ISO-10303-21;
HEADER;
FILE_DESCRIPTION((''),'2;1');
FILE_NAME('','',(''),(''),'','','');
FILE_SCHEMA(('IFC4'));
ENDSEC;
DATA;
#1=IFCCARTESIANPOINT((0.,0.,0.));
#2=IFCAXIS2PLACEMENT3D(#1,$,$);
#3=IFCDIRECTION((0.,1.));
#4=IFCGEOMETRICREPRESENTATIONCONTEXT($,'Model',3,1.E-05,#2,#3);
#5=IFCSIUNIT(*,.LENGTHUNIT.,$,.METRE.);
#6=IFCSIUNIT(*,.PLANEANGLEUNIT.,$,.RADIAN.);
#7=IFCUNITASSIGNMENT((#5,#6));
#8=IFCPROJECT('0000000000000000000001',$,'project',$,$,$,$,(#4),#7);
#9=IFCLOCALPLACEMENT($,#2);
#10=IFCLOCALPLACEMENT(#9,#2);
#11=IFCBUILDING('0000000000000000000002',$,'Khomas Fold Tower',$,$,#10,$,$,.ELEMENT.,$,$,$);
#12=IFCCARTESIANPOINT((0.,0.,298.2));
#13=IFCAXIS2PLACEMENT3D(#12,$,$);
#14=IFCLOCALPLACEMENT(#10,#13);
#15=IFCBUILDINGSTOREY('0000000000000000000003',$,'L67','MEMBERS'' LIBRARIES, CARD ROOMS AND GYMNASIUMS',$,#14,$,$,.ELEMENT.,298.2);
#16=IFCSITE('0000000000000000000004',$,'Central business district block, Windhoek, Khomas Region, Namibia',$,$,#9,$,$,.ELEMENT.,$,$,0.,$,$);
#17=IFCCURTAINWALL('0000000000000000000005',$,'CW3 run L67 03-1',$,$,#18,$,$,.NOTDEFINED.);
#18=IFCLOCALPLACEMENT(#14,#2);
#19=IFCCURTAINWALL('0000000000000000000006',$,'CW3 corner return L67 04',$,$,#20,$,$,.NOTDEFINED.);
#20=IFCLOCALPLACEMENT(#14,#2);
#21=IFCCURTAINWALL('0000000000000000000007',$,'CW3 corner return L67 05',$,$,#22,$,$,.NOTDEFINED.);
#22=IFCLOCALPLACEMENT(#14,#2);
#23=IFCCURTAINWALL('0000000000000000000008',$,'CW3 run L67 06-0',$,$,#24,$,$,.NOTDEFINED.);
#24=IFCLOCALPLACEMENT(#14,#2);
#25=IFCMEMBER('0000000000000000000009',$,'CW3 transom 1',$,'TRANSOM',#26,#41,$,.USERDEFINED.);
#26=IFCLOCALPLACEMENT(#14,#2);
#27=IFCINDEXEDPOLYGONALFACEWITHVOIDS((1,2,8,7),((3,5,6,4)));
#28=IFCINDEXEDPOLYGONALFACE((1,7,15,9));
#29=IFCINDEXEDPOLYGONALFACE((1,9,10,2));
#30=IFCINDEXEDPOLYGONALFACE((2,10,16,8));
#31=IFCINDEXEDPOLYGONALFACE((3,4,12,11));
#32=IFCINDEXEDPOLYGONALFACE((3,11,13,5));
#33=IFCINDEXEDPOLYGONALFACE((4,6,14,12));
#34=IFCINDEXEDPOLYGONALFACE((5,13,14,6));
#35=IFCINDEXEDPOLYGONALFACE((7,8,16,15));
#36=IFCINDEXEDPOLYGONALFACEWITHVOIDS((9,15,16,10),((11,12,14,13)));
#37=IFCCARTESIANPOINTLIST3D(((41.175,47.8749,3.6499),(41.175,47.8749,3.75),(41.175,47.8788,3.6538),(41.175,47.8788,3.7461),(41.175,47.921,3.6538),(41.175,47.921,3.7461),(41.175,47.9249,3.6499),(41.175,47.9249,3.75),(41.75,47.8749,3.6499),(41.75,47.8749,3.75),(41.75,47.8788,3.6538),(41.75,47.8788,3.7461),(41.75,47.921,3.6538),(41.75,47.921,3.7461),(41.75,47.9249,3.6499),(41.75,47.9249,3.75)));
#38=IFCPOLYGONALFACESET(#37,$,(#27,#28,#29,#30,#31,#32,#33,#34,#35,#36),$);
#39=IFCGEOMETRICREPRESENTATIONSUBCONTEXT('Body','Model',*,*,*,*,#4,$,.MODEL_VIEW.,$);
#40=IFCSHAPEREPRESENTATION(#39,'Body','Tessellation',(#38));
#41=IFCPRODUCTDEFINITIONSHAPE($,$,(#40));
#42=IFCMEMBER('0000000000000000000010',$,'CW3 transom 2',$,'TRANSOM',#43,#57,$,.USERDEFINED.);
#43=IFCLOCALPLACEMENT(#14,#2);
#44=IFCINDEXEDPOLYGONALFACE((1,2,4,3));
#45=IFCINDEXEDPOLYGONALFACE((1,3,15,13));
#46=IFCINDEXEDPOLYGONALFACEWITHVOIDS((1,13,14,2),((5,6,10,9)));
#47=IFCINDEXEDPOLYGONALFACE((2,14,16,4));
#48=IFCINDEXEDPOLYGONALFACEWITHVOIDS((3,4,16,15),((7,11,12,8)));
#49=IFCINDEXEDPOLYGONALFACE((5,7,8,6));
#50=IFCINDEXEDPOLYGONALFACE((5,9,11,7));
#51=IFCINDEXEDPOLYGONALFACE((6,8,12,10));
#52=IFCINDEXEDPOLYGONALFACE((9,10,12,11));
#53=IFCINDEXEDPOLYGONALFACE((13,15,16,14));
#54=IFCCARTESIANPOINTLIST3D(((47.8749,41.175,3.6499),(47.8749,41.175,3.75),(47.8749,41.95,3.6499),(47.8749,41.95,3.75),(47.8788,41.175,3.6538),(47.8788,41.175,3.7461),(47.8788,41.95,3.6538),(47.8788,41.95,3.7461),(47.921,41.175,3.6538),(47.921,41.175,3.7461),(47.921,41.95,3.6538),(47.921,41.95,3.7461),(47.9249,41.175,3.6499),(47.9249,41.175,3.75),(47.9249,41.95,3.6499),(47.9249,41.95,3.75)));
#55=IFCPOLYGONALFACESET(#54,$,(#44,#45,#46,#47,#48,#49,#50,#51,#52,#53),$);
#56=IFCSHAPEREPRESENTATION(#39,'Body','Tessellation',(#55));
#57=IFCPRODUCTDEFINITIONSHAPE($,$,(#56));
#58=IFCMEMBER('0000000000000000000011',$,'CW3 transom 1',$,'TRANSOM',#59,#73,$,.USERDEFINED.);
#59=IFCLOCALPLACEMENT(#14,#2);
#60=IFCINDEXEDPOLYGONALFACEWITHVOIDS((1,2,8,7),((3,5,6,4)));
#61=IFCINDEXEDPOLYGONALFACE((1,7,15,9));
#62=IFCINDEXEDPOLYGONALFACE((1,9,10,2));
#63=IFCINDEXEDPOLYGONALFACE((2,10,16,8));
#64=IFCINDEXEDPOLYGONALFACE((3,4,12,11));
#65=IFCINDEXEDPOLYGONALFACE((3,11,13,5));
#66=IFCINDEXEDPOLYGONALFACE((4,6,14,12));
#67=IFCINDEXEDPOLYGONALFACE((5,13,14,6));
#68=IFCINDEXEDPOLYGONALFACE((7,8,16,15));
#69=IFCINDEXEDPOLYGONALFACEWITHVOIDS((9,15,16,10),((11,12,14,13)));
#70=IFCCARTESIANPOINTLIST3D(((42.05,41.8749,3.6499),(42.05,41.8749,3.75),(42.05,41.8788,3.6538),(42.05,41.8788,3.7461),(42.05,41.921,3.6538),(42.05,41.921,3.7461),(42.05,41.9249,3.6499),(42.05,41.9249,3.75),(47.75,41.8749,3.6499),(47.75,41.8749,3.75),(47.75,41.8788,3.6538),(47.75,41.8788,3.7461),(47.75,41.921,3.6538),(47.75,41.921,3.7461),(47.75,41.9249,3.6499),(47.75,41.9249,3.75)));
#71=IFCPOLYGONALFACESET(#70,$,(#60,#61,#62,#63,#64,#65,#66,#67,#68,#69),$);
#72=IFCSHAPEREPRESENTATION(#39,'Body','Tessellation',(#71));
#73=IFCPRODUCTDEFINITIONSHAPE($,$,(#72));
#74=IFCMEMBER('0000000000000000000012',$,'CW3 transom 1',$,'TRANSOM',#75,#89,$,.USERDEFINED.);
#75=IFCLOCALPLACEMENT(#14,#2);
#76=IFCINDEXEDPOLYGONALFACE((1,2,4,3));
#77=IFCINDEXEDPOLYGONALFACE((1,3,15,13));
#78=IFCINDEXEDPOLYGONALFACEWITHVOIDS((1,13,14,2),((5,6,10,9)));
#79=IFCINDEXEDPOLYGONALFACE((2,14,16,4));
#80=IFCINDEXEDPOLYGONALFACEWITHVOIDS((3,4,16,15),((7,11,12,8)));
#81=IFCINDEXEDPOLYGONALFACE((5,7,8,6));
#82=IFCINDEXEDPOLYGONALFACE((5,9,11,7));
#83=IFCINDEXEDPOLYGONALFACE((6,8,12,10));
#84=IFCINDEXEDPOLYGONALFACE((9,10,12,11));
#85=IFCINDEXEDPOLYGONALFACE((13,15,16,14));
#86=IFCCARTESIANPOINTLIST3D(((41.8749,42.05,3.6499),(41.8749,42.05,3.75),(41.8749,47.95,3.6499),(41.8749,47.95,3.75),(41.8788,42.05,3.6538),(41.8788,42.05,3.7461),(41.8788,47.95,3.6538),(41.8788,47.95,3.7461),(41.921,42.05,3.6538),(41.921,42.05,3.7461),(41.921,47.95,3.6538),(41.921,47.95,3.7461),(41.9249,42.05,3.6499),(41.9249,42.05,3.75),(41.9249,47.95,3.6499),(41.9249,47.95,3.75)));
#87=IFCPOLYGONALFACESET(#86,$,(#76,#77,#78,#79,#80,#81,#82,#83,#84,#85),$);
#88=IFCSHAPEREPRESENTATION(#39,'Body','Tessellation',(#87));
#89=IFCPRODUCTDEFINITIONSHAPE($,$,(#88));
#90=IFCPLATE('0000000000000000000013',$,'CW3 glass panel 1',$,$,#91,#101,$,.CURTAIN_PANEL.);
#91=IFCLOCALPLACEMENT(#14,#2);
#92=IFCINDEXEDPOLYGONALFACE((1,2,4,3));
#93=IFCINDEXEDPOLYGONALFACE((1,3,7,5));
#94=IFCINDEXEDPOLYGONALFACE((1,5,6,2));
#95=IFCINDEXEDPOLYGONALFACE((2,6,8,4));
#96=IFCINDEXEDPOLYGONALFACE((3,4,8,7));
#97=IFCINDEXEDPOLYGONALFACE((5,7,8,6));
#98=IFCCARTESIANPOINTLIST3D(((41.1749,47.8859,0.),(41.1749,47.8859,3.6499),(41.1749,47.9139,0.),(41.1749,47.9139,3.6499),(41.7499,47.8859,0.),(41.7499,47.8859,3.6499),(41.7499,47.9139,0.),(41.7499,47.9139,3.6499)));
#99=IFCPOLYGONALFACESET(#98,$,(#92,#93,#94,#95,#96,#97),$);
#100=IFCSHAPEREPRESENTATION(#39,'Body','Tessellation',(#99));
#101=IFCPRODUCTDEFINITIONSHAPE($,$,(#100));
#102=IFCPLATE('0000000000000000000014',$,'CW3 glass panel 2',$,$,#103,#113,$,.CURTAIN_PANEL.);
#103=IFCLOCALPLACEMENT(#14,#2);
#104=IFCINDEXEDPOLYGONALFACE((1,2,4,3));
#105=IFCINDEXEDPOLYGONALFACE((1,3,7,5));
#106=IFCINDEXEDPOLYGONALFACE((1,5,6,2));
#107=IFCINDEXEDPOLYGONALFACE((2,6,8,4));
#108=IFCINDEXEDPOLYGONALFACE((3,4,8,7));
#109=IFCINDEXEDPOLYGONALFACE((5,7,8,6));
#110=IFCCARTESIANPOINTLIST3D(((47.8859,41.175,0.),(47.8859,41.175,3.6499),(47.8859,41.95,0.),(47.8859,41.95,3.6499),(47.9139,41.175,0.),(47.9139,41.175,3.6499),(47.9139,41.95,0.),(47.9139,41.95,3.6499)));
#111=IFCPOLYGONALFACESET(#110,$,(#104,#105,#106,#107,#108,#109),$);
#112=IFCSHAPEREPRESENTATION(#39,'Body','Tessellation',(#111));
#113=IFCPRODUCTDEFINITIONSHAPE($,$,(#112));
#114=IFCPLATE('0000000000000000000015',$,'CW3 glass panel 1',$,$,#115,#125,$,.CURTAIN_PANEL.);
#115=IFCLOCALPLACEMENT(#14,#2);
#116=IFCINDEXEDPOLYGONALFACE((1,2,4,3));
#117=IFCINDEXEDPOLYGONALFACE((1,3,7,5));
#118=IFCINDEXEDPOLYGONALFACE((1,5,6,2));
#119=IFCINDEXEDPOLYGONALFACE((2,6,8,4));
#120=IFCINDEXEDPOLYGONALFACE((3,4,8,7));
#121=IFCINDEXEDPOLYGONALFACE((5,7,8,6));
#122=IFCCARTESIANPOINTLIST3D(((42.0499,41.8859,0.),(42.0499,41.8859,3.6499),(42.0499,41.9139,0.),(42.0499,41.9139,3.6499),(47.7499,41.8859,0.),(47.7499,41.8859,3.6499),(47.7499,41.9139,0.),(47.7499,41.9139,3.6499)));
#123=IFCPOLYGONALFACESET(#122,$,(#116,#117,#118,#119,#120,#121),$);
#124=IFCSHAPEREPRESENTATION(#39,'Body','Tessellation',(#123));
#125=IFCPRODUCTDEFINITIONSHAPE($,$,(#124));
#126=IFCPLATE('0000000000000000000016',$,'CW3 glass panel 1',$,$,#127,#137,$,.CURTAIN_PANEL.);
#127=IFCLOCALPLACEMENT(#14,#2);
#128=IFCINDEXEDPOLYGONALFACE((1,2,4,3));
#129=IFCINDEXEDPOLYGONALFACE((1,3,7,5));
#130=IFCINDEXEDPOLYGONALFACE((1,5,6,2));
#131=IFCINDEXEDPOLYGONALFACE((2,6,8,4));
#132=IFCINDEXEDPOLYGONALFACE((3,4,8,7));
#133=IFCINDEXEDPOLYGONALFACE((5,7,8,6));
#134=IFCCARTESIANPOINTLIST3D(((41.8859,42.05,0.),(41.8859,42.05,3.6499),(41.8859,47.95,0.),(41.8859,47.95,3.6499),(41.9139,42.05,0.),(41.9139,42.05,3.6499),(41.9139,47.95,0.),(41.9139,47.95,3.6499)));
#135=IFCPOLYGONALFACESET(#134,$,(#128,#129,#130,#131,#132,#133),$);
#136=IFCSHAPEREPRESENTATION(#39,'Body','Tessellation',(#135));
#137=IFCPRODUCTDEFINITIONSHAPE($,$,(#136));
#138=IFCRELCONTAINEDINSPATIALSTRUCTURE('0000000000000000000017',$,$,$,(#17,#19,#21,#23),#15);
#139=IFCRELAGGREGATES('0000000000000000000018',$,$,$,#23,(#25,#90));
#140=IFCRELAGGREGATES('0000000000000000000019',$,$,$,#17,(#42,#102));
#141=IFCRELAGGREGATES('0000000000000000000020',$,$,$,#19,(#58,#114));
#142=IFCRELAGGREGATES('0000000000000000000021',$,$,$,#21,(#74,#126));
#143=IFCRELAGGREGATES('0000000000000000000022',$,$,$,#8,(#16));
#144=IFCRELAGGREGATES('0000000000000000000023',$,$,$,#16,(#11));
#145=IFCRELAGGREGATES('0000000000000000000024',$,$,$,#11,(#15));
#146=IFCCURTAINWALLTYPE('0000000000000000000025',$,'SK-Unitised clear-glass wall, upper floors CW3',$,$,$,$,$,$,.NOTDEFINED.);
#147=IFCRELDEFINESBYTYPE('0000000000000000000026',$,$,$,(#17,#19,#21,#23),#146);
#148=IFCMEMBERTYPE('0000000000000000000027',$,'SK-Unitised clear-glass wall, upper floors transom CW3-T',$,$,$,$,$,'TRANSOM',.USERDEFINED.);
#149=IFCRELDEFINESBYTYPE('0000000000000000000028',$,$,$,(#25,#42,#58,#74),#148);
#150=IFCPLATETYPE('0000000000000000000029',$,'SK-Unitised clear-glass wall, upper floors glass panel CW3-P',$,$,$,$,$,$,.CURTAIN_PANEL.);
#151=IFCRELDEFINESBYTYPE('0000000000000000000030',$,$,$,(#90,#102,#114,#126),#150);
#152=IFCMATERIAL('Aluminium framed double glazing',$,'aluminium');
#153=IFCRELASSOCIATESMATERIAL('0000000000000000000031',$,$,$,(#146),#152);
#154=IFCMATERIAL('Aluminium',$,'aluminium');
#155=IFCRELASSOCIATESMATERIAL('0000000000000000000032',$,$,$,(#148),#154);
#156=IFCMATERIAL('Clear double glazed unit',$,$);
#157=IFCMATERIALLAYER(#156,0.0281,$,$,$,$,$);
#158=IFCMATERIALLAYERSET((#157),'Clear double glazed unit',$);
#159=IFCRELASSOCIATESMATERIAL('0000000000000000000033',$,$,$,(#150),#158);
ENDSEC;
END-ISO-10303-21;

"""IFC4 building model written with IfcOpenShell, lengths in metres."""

from ifc_helpers import new_model, si_unit, direction, frame, origin, origin_2d, place, context, subcontext, project, spatial, rectangle, hollow_rectangle, extrude, source, transform, mapped, material, layer, layer_set, material_profile, profile_set, type_object, element, aggregate, save


model = new_model("IFC4")

# Units and contexts
model_context = context("Model", 3, precision=1e-05, world=origin(), true_north=direction((0.0, 1.0)))
body_context = subcontext(model_context, "Body", "Model", "MODEL_VIEW")
ifc_project = project(units=[si_unit("LENGTHUNIT", "METRE"), si_unit("PLANEANGLEUNIT", "RADIAN")], contexts=[model_context])

# Site, building, storey
site_placement = place(None, origin())
site = spatial("IfcSite", under=ifc_project, at=site_placement, Name="Central business district block, Windhoek, Khomas Region, Namibia", CompositionType="ELEMENT", RefElevation=0.0)
building_placement = place(site_placement, origin())
building = spatial("IfcBuilding", under=site, at=building_placement, Name="Khomas Fold Tower", CompositionType="ELEMENT")
storey_placement = place(building_placement, frame((0.0, 0.0, 298.2)))
storey = spatial("IfcBuildingStorey", under=building, at=storey_placement, Name="L67", Description="MEMBERS' LIBRARIES, CARD ROOMS AND GYMNASIUMS", CompositionType="ELEMENT", Elevation=298.2)

# Curtain walls, member
ifc_material_1 = material(Name="Aluminium framed double glazing", Category="aluminium")
curtain_wall_type = type_object("IfcCurtainWallType", Name="SK-Unitised clear-glass wall, upper floors CW3", PredefinedType="NOTDEFINED", material=ifc_material_1)
curtain_wall_1_placement = place(storey_placement, origin())
curtain_wall_1 = element("IfcCurtainWall", 1, at=curtain_wall_1_placement, inside=storey, type_object=curtain_wall_type, Name="CW3 run L67 03-1", PredefinedType="NOTDEFINED")
curtain_wall_2_placement = place(storey_placement, origin())
curtain_wall_2 = element("IfcCurtainWall", 2, at=curtain_wall_2_placement, inside=storey, type_object=curtain_wall_type, Name="CW3 corner return L67 04", PredefinedType="NOTDEFINED")
curtain_wall_3_placement = place(storey_placement, origin())
curtain_wall_3 = element("IfcCurtainWall", 3, at=curtain_wall_3_placement, inside=storey, type_object=curtain_wall_type, Name="CW3 corner return L67 05", PredefinedType="NOTDEFINED")
curtain_wall_4_placement = place(storey_placement, origin())
curtain_wall_4 = element("IfcCurtainWall", 4, at=curtain_wall_4_placement, inside=storey, type_object=curtain_wall_type, Name="CW3 run L67 06-0", PredefinedType="NOTDEFINED")
ifc_material_2 = material(Name="Aluminium", Category="aluminium")
ifc_material_profile_1 = material_profile(ifc_material_2, hollow_rectangle(XDim=0.05, YDim=0.1001, WallThickness=0.0039, at=origin_2d()), Name="SK-Unitised clear-glass wall, upper floors transom CW3-T")
ifc_profile_set_1 = profile_set([ifc_material_profile_1], Name="Aluminium")
member_type_1 = type_object("IfcMemberType", Name="SK-Unitised clear-glass wall, upper floors transom CW3-T", ElementType="TRANSOM", PredefinedType="USERDEFINED", material=ifc_profile_set_1)
shared_shape_1 = source(origin(), body_context, "Body", "SweptSolid", [
    extrude(hollow_rectangle(XDim=0.05, YDim=0.1001, WallThickness=0.0039, at=origin_2d()), origin(), (0.0, 0.0, 1.0), 0.575),
])
member_1_placement = place(storey_placement, frame((41.75, 47.8999, 3.7), z_axis=(-1.0, 0.0, 0.0), x_axis=(0.0, -1.0, 0.0)))
member_1 = element("IfcMember", 5, at=member_1_placement, type_object=member_type_1, Name="CW3 transom 1", ObjectType="TRANSOM", PredefinedType="USERDEFINED", context=body_context, shape_type="MappedRepresentation", body=[
    mapped(shared_shape_1, transform((0.0, 0.0, 0.0))),
])

# Members
shared_shape_2 = source(origin(), body_context, "Body", "SweptSolid", [
    extrude(hollow_rectangle(XDim=0.05, YDim=0.1001, WallThickness=0.0039, at=origin_2d()), origin(), (0.0, 0.0, 1.0), 0.7749),
])
member_2_placement = place(storey_placement, frame((47.8999, 41.175, 3.7), z_axis=(0.0, 1.0, 0.0), x_axis=(-1.0, 0.0, 0.0)))
member_2 = element("IfcMember", 6, at=member_2_placement, type_object=member_type_1, Name="CW3 transom 2", ObjectType="TRANSOM", PredefinedType="USERDEFINED", context=body_context, shape_type="MappedRepresentation", body=[
    mapped(shared_shape_2, transform((0.0, 0.0, 0.0))),
])
shared_shape_3 = source(origin(), body_context, "Body", "SweptSolid", [
    extrude(hollow_rectangle(XDim=0.05, YDim=0.1001, WallThickness=0.0039, at=origin_2d()), origin(), (0.0, 0.0, 1.0), 5.7),
])
member_3_placement = place(storey_placement, frame((47.75, 41.8999, 3.7), z_axis=(-1.0, 0.0, 0.0), x_axis=(0.0, -1.0, 0.0)))
member_3 = element("IfcMember", 7, at=member_3_placement, type_object=member_type_1, Name="CW3 transom 1", ObjectType="TRANSOM", PredefinedType="USERDEFINED", context=body_context, shape_type="MappedRepresentation", body=[
    mapped(shared_shape_3, transform((0.0, 0.0, 0.0))),
])
shared_shape_4 = source(origin(), body_context, "Body", "SweptSolid", [
    extrude(hollow_rectangle(XDim=0.05, YDim=0.1001, WallThickness=0.0039, at=origin_2d()), origin(), (0.0, 0.0, 1.0), 5.8999),
])
member_4_placement = place(storey_placement, frame((41.8999, 42.05, 3.7), z_axis=(0.0, 1.0, 0.0), x_axis=(-1.0, 0.0, 0.0)))
member_4 = element("IfcMember", 8, at=member_4_placement, type_object=member_type_1, Name="CW3 transom 1", ObjectType="TRANSOM", PredefinedType="USERDEFINED", context=body_context, shape_type="MappedRepresentation", body=[
    mapped(shared_shape_4, transform((0.0, 0.0, 0.0))),
])

# Plates
ifc_material_3 = material(Name="Clear double glazed unit")
ifc_layer = layer(ifc_material_3, 0.0281)
ifc_layer_set = layer_set([ifc_layer], Name="Clear double glazed unit")
plate_type = type_object("IfcPlateType", Name="SK-Unitised clear-glass wall, upper floors glass panel CW3-P", PredefinedType="CURTAIN_PANEL", material=ifc_layer_set)
shared_shape_5 = source(origin(), body_context, "Body", "SweptSolid", [
    extrude(rectangle(XDim=0.575, YDim=0.0281, at=origin_2d()), origin(), (0.0, 0.0, 1.0), 3.6499),
])
plate_1_placement = place(storey_placement, frame((41.4624, 47.8999, 0.0), z_axis=(0.0, 0.0, 1.0), x_axis=(-1.0, 0.0, 0.0)))
plate_1 = element("IfcPlate", 9, at=plate_1_placement, type_object=plate_type, Name="CW3 glass panel 1", PredefinedType="CURTAIN_PANEL", context=body_context, shape_type="MappedRepresentation", body=[
    mapped(shared_shape_5, transform((0.0, 0.0, 0.0))),
])
aggregate(curtain_wall_4, [member_1, plate_1])
shared_shape_6 = source(origin(), body_context, "Body", "SweptSolid", [
    extrude(rectangle(XDim=0.7749, YDim=0.0281, at=origin_2d()), origin(), (0.0, 0.0, 1.0), 3.6499),
])
plate_2_placement = place(storey_placement, frame((47.8999, 41.5625, 0.0), z_axis=(0.0, 0.0, 1.0), x_axis=(0.0, 1.0, 0.0)))
plate_2 = element("IfcPlate", 10, at=plate_2_placement, type_object=plate_type, Name="CW3 glass panel 2", PredefinedType="CURTAIN_PANEL", context=body_context, shape_type="MappedRepresentation", body=[
    mapped(shared_shape_6, transform((0.0, 0.0, 0.0))),
])
aggregate(curtain_wall_1, [member_2, plate_2])
shared_shape_7 = source(origin(), body_context, "Body", "SweptSolid", [
    extrude(rectangle(XDim=5.7, YDim=0.0281, at=origin_2d()), origin(), (0.0, 0.0, 1.0), 3.6499),
])
plate_3_placement = place(storey_placement, frame((44.8999, 41.8999, 0.0), z_axis=(0.0, 0.0, 1.0), x_axis=(-1.0, 0.0, 0.0)))
plate_3 = element("IfcPlate", 11, at=plate_3_placement, type_object=plate_type, Name="CW3 glass panel 1", PredefinedType="CURTAIN_PANEL", context=body_context, shape_type="MappedRepresentation", body=[
    mapped(shared_shape_7, transform((0.0, 0.0, 0.0))),
])
aggregate(curtain_wall_2, [member_3, plate_3])
shared_shape_8 = source(origin(), body_context, "Body", "SweptSolid", [
    extrude(rectangle(XDim=5.8999, YDim=0.0281, at=origin_2d()), origin(), (0.0, 0.0, 1.0), 3.6499),
])
plate_4_placement = place(storey_placement, frame((41.8999, 45.0, 0.0), z_axis=(0.0, 0.0, 1.0), x_axis=(0.0, 1.0, 0.0)))
plate_4 = element("IfcPlate", 12, at=plate_4_placement, type_object=plate_type, Name="CW3 glass panel 1", PredefinedType="CURTAIN_PANEL", context=body_context, shape_type="MappedRepresentation", body=[
    mapped(shared_shape_8, transform((0.0, 0.0, 0.0))),
])
aggregate(curtain_wall_3, [member_4, plate_4])

save(model, "model.ifc")
